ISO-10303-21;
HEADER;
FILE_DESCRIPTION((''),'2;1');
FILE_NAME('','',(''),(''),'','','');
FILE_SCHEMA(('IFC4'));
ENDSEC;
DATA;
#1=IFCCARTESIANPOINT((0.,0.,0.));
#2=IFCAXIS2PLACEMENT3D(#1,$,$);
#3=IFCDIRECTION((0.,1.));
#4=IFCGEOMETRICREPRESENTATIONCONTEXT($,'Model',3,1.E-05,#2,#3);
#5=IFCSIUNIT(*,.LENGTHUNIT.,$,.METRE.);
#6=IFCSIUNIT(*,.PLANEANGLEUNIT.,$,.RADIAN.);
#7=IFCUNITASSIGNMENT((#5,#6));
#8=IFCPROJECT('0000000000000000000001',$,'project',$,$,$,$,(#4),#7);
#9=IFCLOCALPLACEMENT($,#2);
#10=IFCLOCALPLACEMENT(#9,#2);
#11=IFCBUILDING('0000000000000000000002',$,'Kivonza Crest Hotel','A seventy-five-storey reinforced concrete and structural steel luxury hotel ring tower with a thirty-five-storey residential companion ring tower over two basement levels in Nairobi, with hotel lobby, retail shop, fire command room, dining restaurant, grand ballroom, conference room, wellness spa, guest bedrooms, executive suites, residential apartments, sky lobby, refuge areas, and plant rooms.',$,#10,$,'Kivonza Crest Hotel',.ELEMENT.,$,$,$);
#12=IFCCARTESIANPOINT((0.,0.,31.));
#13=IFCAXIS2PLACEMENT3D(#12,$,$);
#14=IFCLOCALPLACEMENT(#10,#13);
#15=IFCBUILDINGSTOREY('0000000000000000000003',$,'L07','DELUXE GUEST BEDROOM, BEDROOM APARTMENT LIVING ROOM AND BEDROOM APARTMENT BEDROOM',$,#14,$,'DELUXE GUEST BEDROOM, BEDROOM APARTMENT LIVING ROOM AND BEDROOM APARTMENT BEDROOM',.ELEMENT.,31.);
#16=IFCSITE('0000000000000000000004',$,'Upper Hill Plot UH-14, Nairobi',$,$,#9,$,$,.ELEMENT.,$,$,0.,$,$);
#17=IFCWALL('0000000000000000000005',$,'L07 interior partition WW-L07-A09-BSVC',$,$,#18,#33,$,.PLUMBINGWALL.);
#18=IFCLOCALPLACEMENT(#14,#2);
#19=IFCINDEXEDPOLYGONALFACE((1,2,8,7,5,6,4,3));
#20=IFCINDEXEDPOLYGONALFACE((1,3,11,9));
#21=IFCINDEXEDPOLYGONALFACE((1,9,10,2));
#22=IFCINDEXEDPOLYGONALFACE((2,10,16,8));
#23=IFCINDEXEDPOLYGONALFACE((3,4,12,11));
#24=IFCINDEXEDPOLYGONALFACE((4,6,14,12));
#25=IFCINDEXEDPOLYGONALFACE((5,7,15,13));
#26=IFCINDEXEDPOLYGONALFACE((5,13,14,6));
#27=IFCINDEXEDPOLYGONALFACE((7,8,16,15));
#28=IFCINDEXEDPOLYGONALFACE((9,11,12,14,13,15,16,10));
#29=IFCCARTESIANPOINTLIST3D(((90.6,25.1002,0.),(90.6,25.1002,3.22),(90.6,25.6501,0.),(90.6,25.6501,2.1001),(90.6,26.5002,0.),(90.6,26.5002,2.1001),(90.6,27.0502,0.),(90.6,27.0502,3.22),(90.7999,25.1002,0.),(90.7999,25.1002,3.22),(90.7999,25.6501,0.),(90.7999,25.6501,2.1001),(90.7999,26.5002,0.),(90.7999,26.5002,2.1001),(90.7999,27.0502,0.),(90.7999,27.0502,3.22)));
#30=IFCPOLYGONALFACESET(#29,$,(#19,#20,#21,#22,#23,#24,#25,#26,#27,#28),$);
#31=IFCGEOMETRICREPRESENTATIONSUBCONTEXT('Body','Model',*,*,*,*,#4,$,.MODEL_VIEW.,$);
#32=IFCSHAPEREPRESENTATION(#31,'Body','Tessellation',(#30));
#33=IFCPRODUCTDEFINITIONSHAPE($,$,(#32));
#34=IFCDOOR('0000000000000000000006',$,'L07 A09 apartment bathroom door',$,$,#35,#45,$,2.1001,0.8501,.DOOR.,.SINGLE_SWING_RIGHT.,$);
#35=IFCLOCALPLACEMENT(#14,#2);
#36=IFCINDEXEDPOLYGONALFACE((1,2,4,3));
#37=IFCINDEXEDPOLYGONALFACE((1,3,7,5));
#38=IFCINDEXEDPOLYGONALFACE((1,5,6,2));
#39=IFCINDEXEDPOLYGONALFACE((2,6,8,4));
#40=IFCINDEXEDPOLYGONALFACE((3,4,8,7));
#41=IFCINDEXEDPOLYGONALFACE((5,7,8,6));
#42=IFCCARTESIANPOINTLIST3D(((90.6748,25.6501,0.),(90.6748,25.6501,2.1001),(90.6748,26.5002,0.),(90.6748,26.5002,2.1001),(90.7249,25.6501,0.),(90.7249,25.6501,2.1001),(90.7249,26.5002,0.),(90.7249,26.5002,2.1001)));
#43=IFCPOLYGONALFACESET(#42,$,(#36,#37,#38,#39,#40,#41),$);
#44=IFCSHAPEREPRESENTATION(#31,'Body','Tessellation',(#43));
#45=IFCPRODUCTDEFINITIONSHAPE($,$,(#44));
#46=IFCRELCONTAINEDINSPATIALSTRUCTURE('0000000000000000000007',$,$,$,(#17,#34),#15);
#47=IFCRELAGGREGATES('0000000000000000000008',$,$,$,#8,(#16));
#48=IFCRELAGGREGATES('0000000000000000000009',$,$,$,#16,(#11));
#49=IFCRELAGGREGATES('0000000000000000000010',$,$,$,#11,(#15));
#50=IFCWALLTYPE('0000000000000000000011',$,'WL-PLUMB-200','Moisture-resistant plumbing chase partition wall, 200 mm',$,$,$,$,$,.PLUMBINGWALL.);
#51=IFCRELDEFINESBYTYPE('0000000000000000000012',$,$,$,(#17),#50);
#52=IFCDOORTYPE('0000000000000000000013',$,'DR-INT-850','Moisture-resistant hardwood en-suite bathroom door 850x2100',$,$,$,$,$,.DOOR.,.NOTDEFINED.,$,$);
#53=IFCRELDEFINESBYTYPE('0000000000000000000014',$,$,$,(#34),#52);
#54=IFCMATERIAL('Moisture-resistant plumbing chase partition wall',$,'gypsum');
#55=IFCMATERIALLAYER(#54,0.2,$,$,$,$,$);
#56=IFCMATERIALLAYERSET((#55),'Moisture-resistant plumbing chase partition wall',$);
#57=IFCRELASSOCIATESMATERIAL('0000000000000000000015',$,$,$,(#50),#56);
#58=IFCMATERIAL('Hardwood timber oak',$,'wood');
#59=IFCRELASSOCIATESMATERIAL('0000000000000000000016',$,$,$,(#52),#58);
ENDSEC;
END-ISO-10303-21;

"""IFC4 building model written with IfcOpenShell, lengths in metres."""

from ifc_helpers import new_model, si_unit, direction, frame, frame_2d, origin, place, context, subcontext, project, spatial, rectangle, extrude, material, layer, layer_set, type_object, element, fill, save


model = new_model("IFC4")

# Units and contexts
model_context = context("Model", 3, precision=1e-05, world=origin(), true_north=direction((0.0, 1.0)))
body_context = subcontext(model_context, "Body", "Model", "MODEL_VIEW")
ifc_project = project(units=[si_unit("LENGTHUNIT", "METRE"), si_unit("PLANEANGLEUNIT", "RADIAN")], contexts=[model_context])

# Site, building, storey
site_placement = place(None, origin())
site = spatial("IfcSite", under=ifc_project, at=site_placement, Name="Upper Hill Plot UH-14, Nairobi", CompositionType="ELEMENT", RefElevation=0.0)
building_placement = place(site_placement, origin())
building = spatial("IfcBuilding", under=site, at=building_placement, Name="Kivonza Crest Hotel", Description="A seventy-five-storey reinforced concrete and structural steel luxury hotel ring tower with a thirty-five-storey residential companion ring tower over two basement levels in Nairobi, with hotel lobby, retail shop, fire command room, dining restaurant, grand ballroom, conference room, wellness spa, guest bedrooms, executive suites, residential apartments, sky lobby, refuge areas, and plant rooms.", LongName="Kivonza Crest Hotel", CompositionType="ELEMENT")
storey_placement = place(building_placement, frame((0.0, 0.0, 31.0)))
storey = spatial("IfcBuildingStorey", under=building, at=storey_placement, Name="L07", Description="DELUXE GUEST BEDROOM, BEDROOM APARTMENT LIVING ROOM AND BEDROOM APARTMENT BEDROOM", LongName="DELUXE GUEST BEDROOM, BEDROOM APARTMENT LIVING ROOM AND BEDROOM APARTMENT BEDROOM", CompositionType="ELEMENT", Elevation=31.0)

# Shared definitions
ifc_material_1 = material(Name="Hardwood timber oak", Category="wood")

# Shared definitions
ifc_material_2 = material(Name="Moisture-resistant plumbing chase partition wall", Category="gypsum")
ifc_layer_1 = layer(ifc_material_2, 0.2)
ifc_layer_set_1 = layer_set([ifc_layer_1], Name="Moisture-resistant plumbing chase partition wall")
wall_type_1 = type_object("IfcWallType", Name="WL-PLUMB-200", Description="Moisture-resistant plumbing chase partition wall, 200 mm", PredefinedType="PLUMBINGWALL", material=ifc_layer_set_1)

# Wall, opening, door
wall_1_placement = place(storey_placement, frame((90.7, 25.1001, 0.0), z_axis=(0.0, 0.0, 1.0), x_axis=(0.0, 1.0, 0.0)))
wall_1 = element("IfcWall", 1, at=wall_1_placement, inside=storey, type_object=wall_type_1, Name="L07 interior partition WW-L07-A09-BSVC", PredefinedType="PLUMBINGWALL", context=body_context, shape_type="SweptSolid", body=[
    extrude(rectangle(XDim=1.95, YDim=0.2, at=frame_2d((0.9751, 0.0))), origin(), (0.0, 0.0, 1.0), 3.22),
])
opening_1_placement = place(wall_1_placement, frame((0.55, 0.0, 0.0)))
opening_1 = element("IfcOpeningElement", 2, at=opening_1_placement, cuts=wall_1, PredefinedType="OPENING", context=body_context, shape_type="SweptSolid", body=[
    extrude(rectangle(XDim=0.8501, YDim=2.1001, at=frame_2d((0.425, 1.05))), frame((0.0, 0.1099, 0.0), z_axis=(0.0, -1.0, 0.0), x_axis=(1.0, 0.0, 0.0)), (0.0, 0.0, 1.0), 0.22),
])
door_type_1 = type_object("IfcDoorType", Name="DR-INT-850", Description="Moisture-resistant hardwood en-suite bathroom door 850x2100", OperationType="NOTDEFINED", PredefinedType="DOOR", material=ifc_material_1)
door_1_placement = place(opening_1_placement, frame((0.8501, 0.0, 0.0), z_axis=(0.0, 0.0, 1.0), x_axis=(-1.0, 0.0, 0.0)))
door_1 = element("IfcDoor", 3, at=door_1_placement, inside=storey, type_object=door_type_1, Name="L07 A09 apartment bathroom door", OperationType="SINGLE_SWING_RIGHT", OverallHeight=2.1001, OverallWidth=0.8501, PredefinedType="DOOR", context=body_context, shape_type="SweptSolid", body=[
    extrude(rectangle(XDim=0.8501, YDim=2.1001, at=frame_2d((0.425, 1.05))), frame((0.0, 0.0249, 0.0), z_axis=(0.0, -1.0, 0.0), x_axis=(1.0, 0.0, 0.0)), (0.0, 0.0, 1.0), 0.05),
])
fill(opening_1, door_1)

save(model, "model.ifc")
